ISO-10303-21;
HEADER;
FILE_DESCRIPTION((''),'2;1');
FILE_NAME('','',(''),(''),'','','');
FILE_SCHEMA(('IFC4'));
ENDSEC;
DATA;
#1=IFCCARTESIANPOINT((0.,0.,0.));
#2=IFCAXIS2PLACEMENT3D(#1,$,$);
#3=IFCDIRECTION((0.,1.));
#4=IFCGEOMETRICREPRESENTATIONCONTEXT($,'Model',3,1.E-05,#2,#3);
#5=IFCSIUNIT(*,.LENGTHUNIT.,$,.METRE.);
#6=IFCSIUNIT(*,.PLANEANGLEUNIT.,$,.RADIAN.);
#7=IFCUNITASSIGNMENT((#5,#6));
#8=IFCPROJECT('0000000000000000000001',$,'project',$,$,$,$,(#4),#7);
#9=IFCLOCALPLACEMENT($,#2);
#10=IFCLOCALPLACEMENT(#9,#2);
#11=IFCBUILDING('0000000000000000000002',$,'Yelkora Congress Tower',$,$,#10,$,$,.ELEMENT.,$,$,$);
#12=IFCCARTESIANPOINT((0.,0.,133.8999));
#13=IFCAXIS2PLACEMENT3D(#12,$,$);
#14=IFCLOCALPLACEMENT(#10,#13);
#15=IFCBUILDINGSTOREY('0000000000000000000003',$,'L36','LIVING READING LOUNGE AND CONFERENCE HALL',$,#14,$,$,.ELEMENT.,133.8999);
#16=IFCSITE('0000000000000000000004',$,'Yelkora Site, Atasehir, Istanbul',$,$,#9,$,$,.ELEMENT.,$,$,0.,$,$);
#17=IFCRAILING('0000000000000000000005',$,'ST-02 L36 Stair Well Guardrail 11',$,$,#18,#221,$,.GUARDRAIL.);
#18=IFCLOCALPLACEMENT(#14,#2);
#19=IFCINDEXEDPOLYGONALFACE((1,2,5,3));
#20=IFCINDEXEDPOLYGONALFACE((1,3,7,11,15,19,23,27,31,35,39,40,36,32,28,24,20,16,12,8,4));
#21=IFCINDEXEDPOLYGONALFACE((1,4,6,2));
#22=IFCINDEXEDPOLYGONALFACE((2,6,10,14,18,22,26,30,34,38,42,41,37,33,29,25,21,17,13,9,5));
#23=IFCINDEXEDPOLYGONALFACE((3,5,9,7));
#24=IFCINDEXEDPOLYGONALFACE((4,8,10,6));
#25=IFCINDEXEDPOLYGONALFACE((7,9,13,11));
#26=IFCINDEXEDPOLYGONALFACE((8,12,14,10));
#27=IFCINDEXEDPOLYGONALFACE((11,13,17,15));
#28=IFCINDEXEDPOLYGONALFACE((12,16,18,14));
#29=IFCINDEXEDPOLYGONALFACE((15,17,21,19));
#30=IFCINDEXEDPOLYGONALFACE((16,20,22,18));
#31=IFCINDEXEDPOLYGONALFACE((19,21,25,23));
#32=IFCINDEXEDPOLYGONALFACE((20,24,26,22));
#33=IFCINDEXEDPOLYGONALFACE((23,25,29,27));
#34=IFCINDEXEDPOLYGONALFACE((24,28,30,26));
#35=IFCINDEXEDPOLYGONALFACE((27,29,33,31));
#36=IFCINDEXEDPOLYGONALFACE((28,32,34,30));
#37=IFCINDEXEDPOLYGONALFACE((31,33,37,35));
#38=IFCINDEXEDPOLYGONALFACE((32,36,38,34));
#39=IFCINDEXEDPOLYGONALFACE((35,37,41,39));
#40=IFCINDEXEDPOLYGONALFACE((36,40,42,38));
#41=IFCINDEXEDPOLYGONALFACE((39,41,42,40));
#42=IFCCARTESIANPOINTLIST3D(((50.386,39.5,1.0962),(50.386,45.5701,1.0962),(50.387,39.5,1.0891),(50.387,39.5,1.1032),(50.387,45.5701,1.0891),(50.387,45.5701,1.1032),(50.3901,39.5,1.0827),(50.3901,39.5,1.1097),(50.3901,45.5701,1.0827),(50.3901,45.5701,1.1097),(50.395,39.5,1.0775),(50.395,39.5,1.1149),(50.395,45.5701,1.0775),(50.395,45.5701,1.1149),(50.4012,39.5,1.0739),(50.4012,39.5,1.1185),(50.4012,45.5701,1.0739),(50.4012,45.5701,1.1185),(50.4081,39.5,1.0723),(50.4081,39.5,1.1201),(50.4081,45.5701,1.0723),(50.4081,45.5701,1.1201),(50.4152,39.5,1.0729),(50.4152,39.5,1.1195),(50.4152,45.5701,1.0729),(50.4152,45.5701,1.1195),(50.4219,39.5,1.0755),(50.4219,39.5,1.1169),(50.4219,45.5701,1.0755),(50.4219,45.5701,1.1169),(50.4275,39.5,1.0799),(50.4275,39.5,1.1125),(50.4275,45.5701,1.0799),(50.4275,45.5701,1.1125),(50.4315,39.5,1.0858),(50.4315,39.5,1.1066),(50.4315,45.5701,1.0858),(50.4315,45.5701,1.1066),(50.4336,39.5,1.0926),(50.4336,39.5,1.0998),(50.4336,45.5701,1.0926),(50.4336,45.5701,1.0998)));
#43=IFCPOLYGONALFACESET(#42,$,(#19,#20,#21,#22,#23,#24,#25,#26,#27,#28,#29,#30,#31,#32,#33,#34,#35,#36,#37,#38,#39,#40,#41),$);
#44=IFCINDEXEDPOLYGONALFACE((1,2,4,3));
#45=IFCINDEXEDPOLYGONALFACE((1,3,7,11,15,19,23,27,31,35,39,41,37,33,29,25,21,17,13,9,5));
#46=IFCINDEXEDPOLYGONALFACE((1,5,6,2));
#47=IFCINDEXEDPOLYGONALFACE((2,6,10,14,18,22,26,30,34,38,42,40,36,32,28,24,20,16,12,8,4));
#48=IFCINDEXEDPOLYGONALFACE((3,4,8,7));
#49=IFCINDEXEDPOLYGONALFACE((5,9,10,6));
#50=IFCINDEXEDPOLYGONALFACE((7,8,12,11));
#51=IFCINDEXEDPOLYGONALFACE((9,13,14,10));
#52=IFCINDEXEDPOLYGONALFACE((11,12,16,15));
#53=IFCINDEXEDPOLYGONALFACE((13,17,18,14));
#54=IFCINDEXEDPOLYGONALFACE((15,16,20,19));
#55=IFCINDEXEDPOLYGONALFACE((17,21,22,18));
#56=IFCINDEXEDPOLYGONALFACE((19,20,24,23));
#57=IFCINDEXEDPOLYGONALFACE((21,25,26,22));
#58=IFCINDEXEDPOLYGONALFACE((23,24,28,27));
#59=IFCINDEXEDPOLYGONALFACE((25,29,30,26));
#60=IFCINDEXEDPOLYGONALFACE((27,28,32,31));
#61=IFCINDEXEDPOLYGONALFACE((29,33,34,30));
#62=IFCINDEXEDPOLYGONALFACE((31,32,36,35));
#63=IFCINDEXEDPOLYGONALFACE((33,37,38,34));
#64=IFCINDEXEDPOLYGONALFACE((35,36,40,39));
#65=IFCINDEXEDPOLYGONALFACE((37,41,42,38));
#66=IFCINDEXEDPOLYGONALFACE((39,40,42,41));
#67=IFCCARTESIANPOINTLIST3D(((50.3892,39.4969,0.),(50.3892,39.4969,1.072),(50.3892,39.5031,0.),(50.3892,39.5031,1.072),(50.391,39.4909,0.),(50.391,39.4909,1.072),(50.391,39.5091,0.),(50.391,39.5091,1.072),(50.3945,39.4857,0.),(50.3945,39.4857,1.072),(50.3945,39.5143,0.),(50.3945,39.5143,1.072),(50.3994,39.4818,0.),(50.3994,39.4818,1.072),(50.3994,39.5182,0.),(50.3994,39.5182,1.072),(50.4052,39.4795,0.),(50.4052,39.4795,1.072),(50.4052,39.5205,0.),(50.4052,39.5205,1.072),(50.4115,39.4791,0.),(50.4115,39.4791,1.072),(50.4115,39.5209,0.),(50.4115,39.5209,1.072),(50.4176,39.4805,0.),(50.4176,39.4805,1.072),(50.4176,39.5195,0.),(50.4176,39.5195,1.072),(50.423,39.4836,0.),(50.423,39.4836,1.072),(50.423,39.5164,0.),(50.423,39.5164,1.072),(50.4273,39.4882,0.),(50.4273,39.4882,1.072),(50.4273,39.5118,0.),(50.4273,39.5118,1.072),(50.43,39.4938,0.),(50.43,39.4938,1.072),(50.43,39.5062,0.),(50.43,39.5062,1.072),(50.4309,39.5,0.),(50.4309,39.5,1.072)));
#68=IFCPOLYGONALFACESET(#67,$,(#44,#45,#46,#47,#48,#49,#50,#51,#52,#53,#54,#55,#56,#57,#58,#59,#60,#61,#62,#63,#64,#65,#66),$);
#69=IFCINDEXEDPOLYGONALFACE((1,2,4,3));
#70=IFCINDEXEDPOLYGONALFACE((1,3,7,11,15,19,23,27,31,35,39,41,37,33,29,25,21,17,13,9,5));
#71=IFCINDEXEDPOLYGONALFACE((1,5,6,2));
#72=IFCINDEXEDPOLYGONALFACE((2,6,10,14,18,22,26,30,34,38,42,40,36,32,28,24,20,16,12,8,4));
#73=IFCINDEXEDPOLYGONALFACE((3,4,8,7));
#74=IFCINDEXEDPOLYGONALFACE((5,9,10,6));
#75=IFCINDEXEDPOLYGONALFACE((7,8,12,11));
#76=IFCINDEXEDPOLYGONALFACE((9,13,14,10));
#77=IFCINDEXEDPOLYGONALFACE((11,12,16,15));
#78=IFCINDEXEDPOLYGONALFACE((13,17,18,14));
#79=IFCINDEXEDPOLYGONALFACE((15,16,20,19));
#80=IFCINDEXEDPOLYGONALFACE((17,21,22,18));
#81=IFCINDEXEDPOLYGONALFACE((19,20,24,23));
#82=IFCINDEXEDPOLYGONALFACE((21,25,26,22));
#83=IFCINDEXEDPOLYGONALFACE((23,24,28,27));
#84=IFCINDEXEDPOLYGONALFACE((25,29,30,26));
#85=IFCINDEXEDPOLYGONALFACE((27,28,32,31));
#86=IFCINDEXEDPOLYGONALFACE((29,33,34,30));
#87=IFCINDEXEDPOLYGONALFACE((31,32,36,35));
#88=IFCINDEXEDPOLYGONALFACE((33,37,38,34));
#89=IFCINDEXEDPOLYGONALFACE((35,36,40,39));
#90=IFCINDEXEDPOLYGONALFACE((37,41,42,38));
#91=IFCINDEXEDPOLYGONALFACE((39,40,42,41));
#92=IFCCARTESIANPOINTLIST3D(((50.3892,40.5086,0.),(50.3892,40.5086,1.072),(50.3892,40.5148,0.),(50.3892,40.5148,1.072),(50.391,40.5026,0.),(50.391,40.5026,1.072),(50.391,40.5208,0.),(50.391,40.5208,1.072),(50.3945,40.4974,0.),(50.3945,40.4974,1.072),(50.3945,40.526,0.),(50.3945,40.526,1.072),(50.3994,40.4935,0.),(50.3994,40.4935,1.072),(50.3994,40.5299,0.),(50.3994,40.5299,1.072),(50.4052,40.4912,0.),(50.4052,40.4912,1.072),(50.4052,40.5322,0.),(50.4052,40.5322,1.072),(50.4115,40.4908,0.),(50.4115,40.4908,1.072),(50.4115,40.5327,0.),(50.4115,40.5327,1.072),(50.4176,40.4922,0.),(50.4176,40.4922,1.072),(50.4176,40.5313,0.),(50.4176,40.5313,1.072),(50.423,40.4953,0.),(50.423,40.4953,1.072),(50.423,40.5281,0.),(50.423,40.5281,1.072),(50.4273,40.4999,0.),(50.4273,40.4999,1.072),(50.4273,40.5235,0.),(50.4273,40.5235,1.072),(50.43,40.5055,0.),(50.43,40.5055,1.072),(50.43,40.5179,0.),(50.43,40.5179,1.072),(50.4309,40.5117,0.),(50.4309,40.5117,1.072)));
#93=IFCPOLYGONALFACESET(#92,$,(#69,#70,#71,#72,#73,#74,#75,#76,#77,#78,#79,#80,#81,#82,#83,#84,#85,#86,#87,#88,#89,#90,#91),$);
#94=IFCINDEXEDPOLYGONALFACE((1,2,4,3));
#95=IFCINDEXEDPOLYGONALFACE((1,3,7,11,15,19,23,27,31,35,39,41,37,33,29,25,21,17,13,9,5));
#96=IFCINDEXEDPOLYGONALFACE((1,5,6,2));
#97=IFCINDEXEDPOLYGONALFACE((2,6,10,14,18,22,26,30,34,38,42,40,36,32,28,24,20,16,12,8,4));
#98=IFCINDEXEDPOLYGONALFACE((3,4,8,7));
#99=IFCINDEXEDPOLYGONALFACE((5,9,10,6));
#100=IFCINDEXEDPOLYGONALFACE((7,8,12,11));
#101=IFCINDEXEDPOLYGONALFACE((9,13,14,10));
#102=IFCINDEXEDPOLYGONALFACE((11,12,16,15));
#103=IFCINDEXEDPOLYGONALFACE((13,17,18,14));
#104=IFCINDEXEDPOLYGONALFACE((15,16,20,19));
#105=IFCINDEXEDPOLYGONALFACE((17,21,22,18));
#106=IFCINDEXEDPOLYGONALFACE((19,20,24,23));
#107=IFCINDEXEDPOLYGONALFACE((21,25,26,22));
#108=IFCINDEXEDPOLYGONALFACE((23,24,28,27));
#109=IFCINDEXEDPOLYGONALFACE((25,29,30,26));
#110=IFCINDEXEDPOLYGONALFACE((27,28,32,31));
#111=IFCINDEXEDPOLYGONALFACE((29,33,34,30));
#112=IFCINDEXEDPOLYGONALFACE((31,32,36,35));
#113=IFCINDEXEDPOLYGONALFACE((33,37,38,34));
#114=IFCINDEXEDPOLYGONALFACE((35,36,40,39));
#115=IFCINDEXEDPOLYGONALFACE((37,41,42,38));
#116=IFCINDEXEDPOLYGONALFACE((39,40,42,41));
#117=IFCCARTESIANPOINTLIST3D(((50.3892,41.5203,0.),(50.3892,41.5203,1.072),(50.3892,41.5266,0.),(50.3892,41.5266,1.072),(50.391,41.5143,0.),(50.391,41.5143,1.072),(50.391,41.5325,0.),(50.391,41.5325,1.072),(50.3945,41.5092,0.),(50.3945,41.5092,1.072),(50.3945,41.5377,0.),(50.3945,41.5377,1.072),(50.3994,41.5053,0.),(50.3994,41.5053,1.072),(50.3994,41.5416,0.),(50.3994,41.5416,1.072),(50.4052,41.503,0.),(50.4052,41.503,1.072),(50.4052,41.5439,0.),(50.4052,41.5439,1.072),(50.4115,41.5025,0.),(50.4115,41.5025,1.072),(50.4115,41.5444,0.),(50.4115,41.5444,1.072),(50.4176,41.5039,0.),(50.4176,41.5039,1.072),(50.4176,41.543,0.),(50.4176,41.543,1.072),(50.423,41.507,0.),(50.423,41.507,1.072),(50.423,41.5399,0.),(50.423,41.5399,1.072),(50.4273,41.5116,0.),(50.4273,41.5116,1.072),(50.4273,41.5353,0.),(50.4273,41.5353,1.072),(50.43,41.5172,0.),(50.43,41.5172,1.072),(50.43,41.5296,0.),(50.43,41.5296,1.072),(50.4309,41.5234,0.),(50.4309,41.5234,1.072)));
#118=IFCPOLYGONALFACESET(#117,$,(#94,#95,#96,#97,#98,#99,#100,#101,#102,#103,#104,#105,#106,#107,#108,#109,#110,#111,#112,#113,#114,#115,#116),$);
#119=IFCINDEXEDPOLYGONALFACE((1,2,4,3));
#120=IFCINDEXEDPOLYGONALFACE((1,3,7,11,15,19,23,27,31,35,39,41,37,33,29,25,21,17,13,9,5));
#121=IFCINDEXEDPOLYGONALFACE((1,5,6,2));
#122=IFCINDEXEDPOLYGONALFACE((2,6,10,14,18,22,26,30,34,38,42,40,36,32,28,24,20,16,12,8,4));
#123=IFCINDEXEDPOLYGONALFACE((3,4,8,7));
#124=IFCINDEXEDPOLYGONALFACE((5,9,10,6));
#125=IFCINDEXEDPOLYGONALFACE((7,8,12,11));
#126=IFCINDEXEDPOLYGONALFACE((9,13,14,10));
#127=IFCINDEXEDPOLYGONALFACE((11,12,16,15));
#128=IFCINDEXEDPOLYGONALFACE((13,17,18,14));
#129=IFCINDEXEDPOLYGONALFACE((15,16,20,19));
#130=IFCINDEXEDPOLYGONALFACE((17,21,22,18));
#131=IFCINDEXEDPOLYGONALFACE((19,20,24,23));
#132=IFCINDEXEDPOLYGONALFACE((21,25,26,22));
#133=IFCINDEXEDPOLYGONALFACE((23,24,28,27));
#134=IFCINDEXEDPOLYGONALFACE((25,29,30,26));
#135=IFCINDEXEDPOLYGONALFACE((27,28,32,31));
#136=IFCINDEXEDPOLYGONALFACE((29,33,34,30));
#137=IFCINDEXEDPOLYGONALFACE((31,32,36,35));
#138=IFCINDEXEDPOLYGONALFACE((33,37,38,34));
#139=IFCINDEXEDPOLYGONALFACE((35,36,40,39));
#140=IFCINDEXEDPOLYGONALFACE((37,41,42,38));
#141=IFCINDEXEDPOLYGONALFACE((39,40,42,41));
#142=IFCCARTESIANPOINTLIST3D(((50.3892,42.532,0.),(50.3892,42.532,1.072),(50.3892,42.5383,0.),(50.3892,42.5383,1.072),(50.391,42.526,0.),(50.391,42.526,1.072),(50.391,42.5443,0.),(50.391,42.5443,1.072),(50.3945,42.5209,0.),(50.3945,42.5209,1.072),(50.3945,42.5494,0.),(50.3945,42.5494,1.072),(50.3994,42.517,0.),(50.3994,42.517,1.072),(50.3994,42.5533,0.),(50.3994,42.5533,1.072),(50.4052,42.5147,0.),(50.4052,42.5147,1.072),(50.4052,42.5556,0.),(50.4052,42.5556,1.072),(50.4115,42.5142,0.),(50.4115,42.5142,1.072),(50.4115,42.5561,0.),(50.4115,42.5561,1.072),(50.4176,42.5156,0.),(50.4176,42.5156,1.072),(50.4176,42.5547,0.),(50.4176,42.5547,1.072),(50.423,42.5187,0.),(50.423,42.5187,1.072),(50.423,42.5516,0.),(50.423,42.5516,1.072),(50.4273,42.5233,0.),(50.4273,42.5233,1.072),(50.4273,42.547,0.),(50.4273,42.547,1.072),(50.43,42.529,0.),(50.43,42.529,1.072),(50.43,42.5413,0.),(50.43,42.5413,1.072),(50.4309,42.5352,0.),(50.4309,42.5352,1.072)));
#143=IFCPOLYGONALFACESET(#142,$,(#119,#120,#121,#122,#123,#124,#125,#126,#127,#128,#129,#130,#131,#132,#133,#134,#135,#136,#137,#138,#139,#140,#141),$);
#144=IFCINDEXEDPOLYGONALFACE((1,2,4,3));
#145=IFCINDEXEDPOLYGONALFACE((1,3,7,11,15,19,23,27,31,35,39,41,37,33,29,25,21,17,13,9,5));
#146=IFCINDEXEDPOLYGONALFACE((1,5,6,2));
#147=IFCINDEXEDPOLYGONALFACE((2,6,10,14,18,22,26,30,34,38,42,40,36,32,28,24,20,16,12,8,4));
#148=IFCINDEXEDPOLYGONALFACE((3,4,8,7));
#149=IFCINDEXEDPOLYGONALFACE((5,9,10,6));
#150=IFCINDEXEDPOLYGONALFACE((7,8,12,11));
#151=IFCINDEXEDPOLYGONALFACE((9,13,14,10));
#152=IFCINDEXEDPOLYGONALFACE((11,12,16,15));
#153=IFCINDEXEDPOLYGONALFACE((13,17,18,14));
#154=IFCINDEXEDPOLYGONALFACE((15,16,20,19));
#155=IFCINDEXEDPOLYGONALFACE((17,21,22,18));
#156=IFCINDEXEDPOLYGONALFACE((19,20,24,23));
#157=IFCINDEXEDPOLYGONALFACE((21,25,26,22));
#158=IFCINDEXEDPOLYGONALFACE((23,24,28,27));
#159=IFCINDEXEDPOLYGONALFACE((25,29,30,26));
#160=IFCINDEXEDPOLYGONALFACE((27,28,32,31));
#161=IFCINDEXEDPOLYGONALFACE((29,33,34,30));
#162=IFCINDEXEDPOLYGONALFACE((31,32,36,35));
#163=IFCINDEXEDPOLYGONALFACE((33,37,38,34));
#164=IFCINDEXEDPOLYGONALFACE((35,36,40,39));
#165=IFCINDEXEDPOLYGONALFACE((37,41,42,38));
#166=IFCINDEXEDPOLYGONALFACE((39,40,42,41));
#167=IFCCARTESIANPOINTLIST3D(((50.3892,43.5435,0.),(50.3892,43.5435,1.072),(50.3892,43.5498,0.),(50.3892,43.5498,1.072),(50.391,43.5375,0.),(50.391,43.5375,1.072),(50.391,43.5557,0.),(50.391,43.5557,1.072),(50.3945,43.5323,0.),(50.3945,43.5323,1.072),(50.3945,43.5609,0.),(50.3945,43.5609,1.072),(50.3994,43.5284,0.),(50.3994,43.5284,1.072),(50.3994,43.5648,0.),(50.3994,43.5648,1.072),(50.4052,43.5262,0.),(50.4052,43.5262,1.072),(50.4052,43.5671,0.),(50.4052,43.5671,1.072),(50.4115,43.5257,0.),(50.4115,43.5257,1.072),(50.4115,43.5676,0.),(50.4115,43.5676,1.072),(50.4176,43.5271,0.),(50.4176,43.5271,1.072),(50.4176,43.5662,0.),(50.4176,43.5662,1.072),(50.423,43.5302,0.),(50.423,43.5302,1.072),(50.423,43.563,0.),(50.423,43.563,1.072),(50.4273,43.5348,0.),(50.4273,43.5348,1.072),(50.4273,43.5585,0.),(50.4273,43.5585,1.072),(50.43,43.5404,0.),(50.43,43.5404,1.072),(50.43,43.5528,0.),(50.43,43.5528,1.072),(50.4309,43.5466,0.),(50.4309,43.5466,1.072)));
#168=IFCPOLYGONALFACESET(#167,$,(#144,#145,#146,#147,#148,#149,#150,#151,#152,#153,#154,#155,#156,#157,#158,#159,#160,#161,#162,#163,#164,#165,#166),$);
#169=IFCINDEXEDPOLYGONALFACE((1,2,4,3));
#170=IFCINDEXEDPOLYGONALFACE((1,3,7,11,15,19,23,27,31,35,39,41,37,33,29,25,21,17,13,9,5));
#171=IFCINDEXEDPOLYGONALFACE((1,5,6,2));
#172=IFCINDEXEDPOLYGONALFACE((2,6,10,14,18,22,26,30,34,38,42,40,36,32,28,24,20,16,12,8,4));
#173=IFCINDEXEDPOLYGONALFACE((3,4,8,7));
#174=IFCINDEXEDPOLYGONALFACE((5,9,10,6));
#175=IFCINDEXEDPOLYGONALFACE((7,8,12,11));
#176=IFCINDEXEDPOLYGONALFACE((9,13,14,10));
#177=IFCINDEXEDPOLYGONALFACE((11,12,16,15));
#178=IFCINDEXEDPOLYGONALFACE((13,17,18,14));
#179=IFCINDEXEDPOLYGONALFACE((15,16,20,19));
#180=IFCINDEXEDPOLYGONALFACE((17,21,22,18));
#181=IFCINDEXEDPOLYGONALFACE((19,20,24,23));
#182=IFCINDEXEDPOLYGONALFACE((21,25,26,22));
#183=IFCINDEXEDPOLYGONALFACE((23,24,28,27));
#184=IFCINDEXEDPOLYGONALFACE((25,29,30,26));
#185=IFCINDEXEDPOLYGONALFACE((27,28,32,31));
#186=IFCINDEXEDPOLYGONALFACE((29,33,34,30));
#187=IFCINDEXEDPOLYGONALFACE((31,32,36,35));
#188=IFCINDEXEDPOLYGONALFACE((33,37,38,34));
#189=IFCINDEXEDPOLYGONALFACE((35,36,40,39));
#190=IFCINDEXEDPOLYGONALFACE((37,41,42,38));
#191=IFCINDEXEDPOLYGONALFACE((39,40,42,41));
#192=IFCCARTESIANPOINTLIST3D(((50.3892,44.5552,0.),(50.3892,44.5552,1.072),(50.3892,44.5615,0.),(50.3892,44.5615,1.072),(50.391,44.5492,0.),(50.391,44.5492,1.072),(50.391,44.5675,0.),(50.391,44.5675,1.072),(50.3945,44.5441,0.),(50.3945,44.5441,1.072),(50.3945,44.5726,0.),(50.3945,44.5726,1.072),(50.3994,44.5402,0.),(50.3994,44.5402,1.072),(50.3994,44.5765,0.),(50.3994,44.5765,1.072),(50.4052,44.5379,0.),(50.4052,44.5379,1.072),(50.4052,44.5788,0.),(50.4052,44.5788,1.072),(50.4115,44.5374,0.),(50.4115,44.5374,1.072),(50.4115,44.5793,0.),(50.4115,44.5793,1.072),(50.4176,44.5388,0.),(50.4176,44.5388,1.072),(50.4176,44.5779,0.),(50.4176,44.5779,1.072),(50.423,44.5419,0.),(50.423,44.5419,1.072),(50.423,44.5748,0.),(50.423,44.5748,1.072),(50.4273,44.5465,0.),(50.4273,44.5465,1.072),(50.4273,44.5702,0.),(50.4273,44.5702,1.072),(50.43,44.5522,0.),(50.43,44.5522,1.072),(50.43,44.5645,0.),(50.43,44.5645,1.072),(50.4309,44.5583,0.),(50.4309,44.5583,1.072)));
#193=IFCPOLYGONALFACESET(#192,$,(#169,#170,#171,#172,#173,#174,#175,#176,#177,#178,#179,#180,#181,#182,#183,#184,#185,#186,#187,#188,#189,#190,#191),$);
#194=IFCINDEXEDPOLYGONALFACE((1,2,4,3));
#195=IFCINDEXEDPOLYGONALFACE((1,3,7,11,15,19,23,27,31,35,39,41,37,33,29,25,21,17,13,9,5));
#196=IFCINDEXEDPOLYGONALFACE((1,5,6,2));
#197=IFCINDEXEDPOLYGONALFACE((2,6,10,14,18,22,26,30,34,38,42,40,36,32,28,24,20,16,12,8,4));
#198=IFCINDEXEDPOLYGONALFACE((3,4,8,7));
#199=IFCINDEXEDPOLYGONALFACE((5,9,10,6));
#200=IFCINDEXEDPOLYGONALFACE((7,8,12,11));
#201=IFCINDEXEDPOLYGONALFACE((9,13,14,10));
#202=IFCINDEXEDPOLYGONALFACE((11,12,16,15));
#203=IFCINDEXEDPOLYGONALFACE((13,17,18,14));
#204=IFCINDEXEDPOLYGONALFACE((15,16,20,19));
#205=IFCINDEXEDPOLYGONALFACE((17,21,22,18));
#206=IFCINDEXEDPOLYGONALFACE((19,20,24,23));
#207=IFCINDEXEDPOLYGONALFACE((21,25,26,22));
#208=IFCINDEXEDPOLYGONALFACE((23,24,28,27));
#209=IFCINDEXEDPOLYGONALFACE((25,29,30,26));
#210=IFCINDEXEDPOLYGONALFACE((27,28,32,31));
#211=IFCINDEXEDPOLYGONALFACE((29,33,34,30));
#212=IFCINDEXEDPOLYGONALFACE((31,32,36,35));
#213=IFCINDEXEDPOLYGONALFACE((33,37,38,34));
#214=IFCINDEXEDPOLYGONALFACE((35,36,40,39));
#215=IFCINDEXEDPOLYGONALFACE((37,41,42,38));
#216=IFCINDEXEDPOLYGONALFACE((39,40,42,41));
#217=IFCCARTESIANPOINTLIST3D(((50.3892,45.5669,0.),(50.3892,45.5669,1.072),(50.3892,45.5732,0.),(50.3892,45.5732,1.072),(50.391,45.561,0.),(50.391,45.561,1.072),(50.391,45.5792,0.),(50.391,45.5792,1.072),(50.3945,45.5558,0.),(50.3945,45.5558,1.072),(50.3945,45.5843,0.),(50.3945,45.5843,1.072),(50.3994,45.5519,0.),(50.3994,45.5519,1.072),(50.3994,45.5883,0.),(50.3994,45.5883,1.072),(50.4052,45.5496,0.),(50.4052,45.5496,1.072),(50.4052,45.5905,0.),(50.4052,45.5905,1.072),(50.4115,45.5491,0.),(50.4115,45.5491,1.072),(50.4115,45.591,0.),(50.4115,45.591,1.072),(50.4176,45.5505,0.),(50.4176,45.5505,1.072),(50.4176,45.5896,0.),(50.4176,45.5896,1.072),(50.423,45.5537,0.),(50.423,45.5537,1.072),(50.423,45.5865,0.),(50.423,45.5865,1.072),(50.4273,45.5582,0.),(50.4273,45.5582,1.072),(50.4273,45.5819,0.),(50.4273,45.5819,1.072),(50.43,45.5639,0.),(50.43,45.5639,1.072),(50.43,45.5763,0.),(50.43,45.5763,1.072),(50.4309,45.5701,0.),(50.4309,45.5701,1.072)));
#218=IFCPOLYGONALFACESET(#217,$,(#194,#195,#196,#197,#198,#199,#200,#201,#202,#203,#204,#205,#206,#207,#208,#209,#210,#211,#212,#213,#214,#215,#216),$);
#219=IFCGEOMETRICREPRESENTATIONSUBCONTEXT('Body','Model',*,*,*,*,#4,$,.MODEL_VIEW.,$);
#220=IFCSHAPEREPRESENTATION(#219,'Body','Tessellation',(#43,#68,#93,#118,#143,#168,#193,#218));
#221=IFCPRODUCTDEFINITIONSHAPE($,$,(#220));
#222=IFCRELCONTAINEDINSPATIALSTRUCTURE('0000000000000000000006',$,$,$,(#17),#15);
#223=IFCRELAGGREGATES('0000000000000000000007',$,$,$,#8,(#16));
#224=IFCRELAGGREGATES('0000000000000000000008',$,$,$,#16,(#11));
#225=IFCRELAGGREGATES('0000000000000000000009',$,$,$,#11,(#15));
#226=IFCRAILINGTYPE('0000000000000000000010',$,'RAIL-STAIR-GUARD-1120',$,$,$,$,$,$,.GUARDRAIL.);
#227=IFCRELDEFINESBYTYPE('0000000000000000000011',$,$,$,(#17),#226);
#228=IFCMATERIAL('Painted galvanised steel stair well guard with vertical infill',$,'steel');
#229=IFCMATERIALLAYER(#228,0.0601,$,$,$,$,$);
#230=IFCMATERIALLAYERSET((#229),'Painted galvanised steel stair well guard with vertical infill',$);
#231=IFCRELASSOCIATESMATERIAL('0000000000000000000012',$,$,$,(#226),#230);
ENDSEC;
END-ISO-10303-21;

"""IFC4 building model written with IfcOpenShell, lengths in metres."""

from ifc_helpers import new_model, si_unit, direction, frame, origin, origin_2d, place, context, subcontext, project, spatial, circle, extrude, material, layer, layer_set, type_object, element, save


model = new_model("IFC4")

# Units and contexts
model_context = context("Model", 3, precision=1e-05, world=origin(), true_north=direction((0.0, 1.0)))
body_context = subcontext(model_context, "Body", "Model", "MODEL_VIEW")
ifc_project = project(units=[si_unit("LENGTHUNIT", "METRE"), si_unit("PLANEANGLEUNIT", "RADIAN")], contexts=[model_context])

# Site, building, storey
site_placement = place(None, origin())
site = spatial("IfcSite", under=ifc_project, at=site_placement, Name="Yelkora Site, Atasehir, Istanbul", CompositionType="ELEMENT", RefElevation=0.0)
building_placement = place(site_placement, origin())
building = spatial("IfcBuilding", under=site, at=building_placement, Name="Yelkora Congress Tower", CompositionType="ELEMENT")
storey_placement = place(building_placement, frame((0.0, 0.0, 133.8999)))
storey = spatial("IfcBuildingStorey", under=building, at=storey_placement, Name="L36", Description="LIVING READING LOUNGE AND CONFERENCE HALL", CompositionType="ELEMENT", Elevation=133.8999)

# Railing
ifc_material_1 = material(Name="Painted galvanised steel stair well guard with vertical infill", Category="steel")
ifc_layer_1 = layer(ifc_material_1, 0.0601)
ifc_layer_set_1 = layer_set([ifc_layer_1], Name="Painted galvanised steel stair well guard with vertical infill")
railing_type_1 = type_object("IfcRailingType", Name="RAIL-STAIR-GUARD-1120", PredefinedType="GUARDRAIL", material=ifc_layer_set_1)
railing_1_placement = place(storey_placement, frame((50.4099, 39.5, 0.0)))
element("IfcRailing", 1, at=railing_1_placement, inside=storey, type_object=railing_type_1, Name="ST-02 L36 Stair Well Guardrail 11", PredefinedType="GUARDRAIL", context=body_context, shape_type="SweptSolid", body=[
    extrude(circle(Radius=0.0239, at=origin_2d()), frame((0.0, 0.0, 1.0962), z_axis=(0.0, 1.0, 0.0), x_axis=(-1.0, 0.0, 0.0)), (0.0, 0.0, 1.0), 6.0701),
    extrude(circle(Radius=0.021, at=origin_2d()), origin(), (0.0, 0.0, 1.0), 1.072),
    extrude(circle(Radius=0.021, at=origin_2d()), frame((0.0, 1.0117, 0.0)), (0.0, 0.0, 1.0), 1.072),
    extrude(circle(Radius=0.021, at=origin_2d()), frame((0.0, 2.0234, 0.0)), (0.0, 0.0, 1.0), 1.072),
    extrude(circle(Radius=0.021, at=origin_2d()), frame((0.0, 3.0352, 0.0)), (0.0, 0.0, 1.0), 1.072),
    extrude(circle(Radius=0.021, at=origin_2d()), frame((0.0, 4.0466, 0.0)), (0.0, 0.0, 1.0), 1.072),
    extrude(circle(Radius=0.021, at=origin_2d()), frame((0.0, 5.0583, 0.0)), (0.0, 0.0, 1.0), 1.072),
    extrude(circle(Radius=0.021, at=origin_2d()), frame((0.0, 6.0701, 0.0)), (0.0, 0.0, 1.0), 1.072),
])

save(model, "model.ifc")
